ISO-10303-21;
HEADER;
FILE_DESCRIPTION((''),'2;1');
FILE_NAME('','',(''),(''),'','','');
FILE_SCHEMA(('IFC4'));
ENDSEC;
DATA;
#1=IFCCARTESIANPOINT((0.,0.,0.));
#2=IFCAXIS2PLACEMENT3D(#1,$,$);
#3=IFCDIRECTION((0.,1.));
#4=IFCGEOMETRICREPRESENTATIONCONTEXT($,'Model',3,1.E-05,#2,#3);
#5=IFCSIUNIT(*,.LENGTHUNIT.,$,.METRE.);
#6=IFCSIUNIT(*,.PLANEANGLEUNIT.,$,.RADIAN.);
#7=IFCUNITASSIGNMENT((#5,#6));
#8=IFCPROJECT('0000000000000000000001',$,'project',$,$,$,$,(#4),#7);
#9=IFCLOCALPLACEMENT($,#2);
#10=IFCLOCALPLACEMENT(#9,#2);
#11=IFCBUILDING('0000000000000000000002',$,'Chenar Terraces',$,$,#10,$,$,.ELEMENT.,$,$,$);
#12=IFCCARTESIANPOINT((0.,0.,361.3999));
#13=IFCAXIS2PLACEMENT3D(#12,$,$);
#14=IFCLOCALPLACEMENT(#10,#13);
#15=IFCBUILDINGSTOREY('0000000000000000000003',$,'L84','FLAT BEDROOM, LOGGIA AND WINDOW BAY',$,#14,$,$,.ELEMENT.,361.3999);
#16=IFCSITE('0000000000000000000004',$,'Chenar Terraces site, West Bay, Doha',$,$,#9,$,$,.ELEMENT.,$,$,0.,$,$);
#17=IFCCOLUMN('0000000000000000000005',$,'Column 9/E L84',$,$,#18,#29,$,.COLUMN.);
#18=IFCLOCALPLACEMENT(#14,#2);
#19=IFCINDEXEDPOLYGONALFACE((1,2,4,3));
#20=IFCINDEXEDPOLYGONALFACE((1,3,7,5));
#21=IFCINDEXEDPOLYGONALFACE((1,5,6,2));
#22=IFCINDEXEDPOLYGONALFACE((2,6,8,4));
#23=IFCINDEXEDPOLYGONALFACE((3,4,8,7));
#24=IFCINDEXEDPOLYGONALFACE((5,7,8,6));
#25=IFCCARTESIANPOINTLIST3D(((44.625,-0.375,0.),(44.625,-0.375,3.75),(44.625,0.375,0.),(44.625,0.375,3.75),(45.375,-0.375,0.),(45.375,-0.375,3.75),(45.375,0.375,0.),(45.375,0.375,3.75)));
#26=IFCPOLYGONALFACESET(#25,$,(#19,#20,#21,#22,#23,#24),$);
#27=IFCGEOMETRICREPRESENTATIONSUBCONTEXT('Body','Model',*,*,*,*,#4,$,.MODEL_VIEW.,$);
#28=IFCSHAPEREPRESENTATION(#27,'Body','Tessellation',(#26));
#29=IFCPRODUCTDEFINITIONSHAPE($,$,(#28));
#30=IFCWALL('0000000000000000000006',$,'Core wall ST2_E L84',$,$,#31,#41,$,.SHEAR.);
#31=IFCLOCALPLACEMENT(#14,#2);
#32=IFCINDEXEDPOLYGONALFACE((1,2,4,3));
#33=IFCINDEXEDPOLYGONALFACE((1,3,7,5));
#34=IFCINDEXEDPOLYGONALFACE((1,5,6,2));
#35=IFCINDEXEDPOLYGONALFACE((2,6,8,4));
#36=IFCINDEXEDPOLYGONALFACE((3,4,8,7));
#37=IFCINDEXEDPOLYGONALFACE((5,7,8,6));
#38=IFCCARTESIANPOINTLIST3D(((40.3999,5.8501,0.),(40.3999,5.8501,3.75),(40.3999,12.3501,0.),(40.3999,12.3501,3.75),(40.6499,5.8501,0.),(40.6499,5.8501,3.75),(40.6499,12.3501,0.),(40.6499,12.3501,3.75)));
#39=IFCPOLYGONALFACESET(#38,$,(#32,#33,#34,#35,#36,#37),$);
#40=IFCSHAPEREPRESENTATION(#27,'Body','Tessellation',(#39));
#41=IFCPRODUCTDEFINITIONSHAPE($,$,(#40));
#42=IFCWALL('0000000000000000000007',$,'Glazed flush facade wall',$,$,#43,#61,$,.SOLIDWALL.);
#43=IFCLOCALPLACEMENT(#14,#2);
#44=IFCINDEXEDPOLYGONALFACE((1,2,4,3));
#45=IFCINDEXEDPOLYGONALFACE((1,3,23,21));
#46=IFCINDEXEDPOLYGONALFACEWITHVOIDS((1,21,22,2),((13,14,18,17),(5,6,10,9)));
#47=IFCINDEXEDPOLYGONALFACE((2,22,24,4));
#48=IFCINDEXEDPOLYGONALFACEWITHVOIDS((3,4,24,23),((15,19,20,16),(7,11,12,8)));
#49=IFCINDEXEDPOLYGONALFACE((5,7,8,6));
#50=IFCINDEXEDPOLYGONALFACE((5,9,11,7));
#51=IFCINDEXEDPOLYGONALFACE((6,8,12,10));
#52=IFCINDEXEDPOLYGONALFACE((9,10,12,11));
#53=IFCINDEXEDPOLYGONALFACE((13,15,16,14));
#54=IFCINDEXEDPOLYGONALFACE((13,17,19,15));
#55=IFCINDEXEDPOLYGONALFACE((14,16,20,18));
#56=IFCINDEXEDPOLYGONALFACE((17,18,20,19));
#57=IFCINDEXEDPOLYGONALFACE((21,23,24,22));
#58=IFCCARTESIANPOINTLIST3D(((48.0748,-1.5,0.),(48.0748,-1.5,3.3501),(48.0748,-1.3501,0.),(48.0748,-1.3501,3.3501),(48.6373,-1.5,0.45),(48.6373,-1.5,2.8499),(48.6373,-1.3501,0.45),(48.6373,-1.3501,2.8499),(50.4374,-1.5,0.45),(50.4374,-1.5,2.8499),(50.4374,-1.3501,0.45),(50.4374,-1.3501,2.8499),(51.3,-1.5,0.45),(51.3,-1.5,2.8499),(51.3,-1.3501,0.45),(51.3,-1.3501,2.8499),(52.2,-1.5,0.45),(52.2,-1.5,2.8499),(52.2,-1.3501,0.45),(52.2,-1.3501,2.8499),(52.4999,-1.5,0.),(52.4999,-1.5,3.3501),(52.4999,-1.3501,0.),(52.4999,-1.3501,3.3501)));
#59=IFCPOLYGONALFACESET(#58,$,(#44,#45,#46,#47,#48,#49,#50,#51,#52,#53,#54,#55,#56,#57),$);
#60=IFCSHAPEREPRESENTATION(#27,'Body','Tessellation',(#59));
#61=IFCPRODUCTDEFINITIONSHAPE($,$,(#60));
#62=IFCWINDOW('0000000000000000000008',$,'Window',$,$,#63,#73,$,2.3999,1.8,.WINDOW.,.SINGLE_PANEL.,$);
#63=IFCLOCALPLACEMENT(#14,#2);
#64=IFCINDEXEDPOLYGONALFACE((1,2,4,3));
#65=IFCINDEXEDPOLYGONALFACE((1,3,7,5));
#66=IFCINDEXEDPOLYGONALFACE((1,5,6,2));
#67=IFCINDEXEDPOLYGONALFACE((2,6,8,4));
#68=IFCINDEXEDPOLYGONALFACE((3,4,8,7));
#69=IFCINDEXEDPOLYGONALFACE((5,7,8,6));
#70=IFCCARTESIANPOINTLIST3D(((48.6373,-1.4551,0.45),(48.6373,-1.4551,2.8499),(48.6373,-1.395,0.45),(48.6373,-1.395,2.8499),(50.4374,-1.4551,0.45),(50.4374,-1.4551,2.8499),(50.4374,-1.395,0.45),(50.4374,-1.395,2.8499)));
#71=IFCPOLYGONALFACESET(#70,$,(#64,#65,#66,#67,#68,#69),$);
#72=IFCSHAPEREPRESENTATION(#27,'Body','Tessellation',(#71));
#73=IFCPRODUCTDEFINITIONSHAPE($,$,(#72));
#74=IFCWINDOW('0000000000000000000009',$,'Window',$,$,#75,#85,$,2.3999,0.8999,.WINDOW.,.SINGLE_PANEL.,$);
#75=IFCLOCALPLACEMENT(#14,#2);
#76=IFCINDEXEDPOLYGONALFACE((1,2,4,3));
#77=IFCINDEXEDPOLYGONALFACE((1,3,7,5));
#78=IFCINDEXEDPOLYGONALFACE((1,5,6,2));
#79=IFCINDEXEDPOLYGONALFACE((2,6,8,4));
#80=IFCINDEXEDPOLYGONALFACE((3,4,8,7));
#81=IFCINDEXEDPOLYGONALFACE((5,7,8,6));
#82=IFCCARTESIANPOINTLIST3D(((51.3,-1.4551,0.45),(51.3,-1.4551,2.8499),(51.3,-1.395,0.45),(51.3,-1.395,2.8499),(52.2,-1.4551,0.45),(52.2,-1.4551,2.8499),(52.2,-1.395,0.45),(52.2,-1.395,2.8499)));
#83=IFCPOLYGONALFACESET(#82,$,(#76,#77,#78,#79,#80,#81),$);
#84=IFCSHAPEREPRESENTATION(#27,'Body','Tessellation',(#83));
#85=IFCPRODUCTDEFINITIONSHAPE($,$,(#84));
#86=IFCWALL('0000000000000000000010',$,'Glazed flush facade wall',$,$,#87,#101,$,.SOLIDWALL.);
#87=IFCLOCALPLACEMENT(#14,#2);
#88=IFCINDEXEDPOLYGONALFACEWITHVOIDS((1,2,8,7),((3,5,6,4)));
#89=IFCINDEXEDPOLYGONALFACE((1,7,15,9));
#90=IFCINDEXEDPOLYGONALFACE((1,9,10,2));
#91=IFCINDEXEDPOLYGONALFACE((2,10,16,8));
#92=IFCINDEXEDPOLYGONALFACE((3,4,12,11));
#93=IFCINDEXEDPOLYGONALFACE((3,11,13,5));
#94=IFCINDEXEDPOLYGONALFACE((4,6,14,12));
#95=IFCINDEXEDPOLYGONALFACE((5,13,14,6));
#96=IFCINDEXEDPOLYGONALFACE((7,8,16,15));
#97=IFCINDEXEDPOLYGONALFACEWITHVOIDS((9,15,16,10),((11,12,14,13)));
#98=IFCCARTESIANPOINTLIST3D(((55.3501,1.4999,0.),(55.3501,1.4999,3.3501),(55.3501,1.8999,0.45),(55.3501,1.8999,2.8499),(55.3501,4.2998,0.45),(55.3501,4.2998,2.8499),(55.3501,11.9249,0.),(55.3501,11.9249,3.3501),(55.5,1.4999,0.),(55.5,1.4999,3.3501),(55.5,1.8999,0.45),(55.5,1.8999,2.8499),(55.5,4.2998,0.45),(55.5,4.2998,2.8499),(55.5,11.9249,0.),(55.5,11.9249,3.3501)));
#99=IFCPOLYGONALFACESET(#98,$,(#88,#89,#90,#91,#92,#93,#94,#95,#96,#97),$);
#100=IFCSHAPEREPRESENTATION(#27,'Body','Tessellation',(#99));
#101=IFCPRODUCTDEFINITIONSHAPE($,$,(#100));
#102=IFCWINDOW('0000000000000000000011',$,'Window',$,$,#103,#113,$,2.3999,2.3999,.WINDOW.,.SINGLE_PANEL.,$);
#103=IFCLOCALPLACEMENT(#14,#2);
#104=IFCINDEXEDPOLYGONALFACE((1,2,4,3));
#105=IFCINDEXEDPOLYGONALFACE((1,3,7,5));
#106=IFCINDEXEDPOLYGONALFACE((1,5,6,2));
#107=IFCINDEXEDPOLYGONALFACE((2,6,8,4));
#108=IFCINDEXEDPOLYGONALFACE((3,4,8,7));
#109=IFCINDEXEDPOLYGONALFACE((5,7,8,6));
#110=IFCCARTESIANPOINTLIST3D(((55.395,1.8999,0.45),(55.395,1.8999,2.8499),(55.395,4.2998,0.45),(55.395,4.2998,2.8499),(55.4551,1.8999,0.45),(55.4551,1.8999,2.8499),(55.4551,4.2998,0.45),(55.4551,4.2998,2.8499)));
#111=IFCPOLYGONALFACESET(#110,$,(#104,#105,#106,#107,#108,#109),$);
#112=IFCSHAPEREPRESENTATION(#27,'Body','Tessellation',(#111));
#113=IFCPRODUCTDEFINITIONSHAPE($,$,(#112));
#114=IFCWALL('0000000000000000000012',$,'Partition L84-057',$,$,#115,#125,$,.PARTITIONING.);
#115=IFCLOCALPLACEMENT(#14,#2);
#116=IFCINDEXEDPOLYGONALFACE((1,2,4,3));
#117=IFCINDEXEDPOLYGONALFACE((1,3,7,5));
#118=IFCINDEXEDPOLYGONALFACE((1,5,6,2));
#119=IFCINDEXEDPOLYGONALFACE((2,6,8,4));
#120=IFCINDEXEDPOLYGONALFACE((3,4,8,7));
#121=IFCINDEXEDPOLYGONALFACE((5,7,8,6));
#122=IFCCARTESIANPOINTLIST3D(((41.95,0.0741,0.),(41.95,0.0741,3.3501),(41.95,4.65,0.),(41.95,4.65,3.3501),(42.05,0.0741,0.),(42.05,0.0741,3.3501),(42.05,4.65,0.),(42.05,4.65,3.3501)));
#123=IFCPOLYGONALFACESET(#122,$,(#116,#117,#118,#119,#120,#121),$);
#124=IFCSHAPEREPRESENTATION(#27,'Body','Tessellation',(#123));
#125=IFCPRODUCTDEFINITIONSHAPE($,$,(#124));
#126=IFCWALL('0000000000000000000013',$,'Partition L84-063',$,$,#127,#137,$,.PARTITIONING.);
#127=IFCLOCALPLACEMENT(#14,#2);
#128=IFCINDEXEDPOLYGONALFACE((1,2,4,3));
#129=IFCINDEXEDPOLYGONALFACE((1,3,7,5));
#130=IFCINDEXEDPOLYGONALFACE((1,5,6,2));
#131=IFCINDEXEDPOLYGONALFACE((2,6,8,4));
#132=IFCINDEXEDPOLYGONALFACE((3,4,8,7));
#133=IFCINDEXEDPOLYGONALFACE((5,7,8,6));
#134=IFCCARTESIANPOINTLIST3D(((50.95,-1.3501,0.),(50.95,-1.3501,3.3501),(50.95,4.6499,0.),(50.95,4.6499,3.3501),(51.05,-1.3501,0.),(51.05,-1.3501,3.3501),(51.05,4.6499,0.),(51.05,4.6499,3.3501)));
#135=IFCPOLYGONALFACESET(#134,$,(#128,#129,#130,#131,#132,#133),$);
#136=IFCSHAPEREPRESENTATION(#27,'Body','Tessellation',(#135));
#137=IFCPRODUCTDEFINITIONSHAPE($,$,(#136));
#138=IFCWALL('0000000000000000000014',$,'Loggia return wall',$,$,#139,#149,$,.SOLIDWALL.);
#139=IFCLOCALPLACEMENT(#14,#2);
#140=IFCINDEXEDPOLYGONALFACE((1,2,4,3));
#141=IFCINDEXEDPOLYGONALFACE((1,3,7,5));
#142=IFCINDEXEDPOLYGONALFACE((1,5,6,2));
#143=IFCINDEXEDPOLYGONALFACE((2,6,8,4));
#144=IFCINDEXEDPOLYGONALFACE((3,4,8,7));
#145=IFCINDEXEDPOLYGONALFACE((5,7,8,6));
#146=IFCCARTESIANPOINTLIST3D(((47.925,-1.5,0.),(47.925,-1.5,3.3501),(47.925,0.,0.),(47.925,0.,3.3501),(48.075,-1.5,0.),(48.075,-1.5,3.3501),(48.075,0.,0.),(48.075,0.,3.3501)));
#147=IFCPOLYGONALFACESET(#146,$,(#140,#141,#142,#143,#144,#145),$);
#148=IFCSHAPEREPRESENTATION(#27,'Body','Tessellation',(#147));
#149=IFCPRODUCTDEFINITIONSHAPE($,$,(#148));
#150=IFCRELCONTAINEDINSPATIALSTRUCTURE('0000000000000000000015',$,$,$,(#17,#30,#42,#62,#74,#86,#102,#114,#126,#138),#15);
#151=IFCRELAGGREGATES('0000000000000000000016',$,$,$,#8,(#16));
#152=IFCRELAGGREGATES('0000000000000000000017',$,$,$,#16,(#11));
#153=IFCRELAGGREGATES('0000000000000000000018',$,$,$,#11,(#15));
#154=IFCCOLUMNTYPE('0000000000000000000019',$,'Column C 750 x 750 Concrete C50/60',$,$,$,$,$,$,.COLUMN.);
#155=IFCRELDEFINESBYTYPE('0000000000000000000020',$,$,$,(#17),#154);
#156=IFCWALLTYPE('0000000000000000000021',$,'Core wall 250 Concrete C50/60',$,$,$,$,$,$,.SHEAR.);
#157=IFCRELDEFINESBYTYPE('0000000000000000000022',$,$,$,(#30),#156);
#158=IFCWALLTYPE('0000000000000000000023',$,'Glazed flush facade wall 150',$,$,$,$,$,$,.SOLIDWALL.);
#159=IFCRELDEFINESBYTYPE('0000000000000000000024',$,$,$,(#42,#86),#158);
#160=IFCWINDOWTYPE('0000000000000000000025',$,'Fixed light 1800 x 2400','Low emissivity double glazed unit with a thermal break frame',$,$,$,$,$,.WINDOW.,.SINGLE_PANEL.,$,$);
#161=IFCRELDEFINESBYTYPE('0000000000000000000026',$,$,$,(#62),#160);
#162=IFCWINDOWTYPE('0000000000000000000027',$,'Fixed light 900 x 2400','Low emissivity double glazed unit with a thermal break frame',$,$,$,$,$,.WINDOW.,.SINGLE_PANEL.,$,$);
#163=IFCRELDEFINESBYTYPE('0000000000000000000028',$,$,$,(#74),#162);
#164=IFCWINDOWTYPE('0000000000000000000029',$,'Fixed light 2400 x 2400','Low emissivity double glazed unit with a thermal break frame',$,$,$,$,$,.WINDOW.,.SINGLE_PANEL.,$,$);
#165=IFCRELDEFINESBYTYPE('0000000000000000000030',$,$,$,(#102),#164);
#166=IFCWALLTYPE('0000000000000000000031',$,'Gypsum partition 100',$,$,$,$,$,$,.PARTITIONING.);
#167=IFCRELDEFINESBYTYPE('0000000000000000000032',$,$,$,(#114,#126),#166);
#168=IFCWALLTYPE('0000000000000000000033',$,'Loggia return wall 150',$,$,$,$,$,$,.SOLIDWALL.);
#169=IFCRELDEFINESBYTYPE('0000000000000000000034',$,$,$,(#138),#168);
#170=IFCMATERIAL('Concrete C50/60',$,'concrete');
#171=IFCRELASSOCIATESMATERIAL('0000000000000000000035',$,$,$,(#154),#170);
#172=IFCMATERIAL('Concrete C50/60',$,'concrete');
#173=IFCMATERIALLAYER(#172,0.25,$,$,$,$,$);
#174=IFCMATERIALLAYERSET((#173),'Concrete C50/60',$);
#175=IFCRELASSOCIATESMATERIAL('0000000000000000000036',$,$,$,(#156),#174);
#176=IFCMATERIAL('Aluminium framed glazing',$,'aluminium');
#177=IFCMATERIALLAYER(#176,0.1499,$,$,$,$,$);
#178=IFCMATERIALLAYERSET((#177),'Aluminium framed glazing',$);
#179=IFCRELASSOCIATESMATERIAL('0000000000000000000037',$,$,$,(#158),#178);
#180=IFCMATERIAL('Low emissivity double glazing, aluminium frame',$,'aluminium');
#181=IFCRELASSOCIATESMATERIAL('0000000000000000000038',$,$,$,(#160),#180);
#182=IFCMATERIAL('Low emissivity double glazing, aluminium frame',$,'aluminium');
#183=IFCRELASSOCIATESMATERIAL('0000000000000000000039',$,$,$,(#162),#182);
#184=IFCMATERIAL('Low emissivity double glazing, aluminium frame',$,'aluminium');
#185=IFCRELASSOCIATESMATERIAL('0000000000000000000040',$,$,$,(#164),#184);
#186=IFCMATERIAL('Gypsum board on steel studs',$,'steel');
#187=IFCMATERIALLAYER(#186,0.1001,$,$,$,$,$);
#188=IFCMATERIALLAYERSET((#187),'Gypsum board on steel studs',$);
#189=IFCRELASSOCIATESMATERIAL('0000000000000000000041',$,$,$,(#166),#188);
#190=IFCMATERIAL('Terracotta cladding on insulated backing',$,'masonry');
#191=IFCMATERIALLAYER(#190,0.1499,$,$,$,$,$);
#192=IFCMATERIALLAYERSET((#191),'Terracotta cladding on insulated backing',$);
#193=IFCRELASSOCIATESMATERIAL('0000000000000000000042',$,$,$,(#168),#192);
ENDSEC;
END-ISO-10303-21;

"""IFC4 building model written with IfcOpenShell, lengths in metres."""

from ifc_helpers import new_model, si_unit, direction, frame, frame_2d, origin, origin_2d, place, context, subcontext, project, spatial, rectangle, extrude, material, layer, layer_set, material_profile, profile_set, type_object, element, fill, save


model = new_model("IFC4")

# Units and contexts
model_context = context("Model", 3, precision=1e-05, world=origin(), true_north=direction((0.0, 1.0)))
body_context = subcontext(model_context, "Body", "Model", "MODEL_VIEW")
ifc_project = project(units=[si_unit("LENGTHUNIT", "METRE"), si_unit("PLANEANGLEUNIT", "RADIAN")], contexts=[model_context])

# Site, building, storey
site_placement = place(None, origin())
site = spatial("IfcSite", under=ifc_project, at=site_placement, Name="Chenar Terraces site, West Bay, Doha", CompositionType="ELEMENT", RefElevation=0.0)
building_placement = place(site_placement, origin())
building = spatial("IfcBuilding", under=site, at=building_placement, Name="Chenar Terraces", CompositionType="ELEMENT")
storey_placement = place(building_placement, frame((0.0, 0.0, 361.3999)))
storey = spatial("IfcBuildingStorey", under=building, at=storey_placement, Name="L84", Description="FLAT BEDROOM, LOGGIA AND WINDOW BAY", CompositionType="ELEMENT", Elevation=361.3999)

# Column
ifc_material_1 = material(Name="Concrete C50/60", Category="concrete")
ifc_material_profile_1 = material_profile(ifc_material_1, rectangle(XDim=0.75, YDim=0.75, at=origin_2d()), Name="C 750 x 750")
ifc_profile_set_1 = profile_set([ifc_material_profile_1], Name="Concrete C50/60")
column_type = type_object("IfcColumnType", Name="Column C 750 x 750 Concrete C50/60", PredefinedType="COLUMN", material=ifc_profile_set_1)
column_placement = place(storey_placement, frame((45.0, 0.0, 0.0), z_axis=(0.0, 0.0, 1.0), x_axis=(1.0, 0.0, 0.0)))
element("IfcColumn", 1, at=column_placement, inside=storey, type_object=column_type, Name="Column 9/E L84", PredefinedType="COLUMN", context=body_context, shape_type="SweptSolid", body=[
    extrude(rectangle(XDim=0.75, YDim=0.75, at=origin_2d()), origin(), (0.0, 0.0, 1.0), 3.75),
])

# Wall
ifc_material_2 = material(Name="Concrete C50/60", Category="concrete")
ifc_layer_1 = layer(ifc_material_2, 0.25)
ifc_layer_set_1 = layer_set([ifc_layer_1], Name="Concrete C50/60")
wall_type_1 = type_object("IfcWallType", Name="Core wall 250 Concrete C50/60", PredefinedType="SHEAR", material=ifc_layer_set_1)
wall_1_placement = place(storey_placement, frame((40.5249, 5.8501, 0.0), z_axis=(0.0, 0.0, 1.0), x_axis=(0.0, 1.0, 0.0)))
element("IfcWall", 2, at=wall_1_placement, inside=storey, type_object=wall_type_1, Name="Core wall ST2_E L84", PredefinedType="SHEAR", context=body_context, shape_type="SweptSolid", body=[
    extrude(rectangle(XDim=6.5, YDim=0.25, at=frame_2d((3.25, 0.0))), origin(), (0.0, 0.0, 1.0), 3.75),
])

# Wall, openings, windows
ifc_material_3 = material(Name="Aluminium framed glazing", Category="aluminium")
ifc_layer_2 = layer(ifc_material_3, 0.1499)
ifc_layer_set_2 = layer_set([ifc_layer_2], Name="Aluminium framed glazing")
wall_type_2 = type_object("IfcWallType", Name="Glazed flush facade wall 150", PredefinedType="SOLIDWALL", material=ifc_layer_set_2)
wall_2_placement = place(storey_placement, frame((48.075, -1.425, 0.0), z_axis=(0.0, 0.0, 1.0), x_axis=(1.0, 0.0, 0.0)))
wall_2 = element("IfcWall", 3, at=wall_2_placement, inside=storey, type_object=wall_type_2, Name="Glazed flush facade wall", PredefinedType="SOLIDWALL", context=body_context, shape_type="SweptSolid", body=[
    extrude(rectangle(XDim=4.425, YDim=0.1499, at=frame_2d((2.2124, 0.0))), origin(), (0.0, 0.0, 1.0), 3.3501),
])
opening_1_placement = place(wall_2_placement, frame((0.5625, 0.0, 0.45)))
opening_1 = element("IfcOpeningElement", 4, at=opening_1_placement, cuts=wall_2, PredefinedType="OPENING", context=body_context, shape_type="SweptSolid", body=[
    extrude(rectangle(XDim=1.8, YDim=2.3999, at=frame_2d((0.8999, 1.2))), frame((0.0, 0.085, 0.0), z_axis=(0.0, -1.0, 0.0), x_axis=(1.0, 0.0, 0.0)), (0.0, 0.0, 1.0), 0.1699),
])
opening_2_placement = place(wall_2_placement, frame((3.2251, 0.0, 0.45)))
opening_2 = element("IfcOpeningElement", 5, at=opening_2_placement, cuts=wall_2, PredefinedType="OPENING", context=body_context, shape_type="SweptSolid", body=[
    extrude(rectangle(XDim=0.8999, YDim=2.3999, at=frame_2d((0.45, 1.2))), frame((0.0, 0.085, 0.0), z_axis=(0.0, -1.0, 0.0), x_axis=(1.0, 0.0, 0.0)), (0.0, 0.0, 1.0), 0.1699),
])
ifc_material_4 = material(Name="Low emissivity double glazing, aluminium frame", Category="aluminium")
window_type_1 = type_object("IfcWindowType", Name="Fixed light 1800 x 2400", Description="Low emissivity double glazed unit with a thermal break frame", PartitioningType="SINGLE_PANEL", PredefinedType="WINDOW", material=ifc_material_4)
window_1_placement = place(opening_1_placement, origin())
window_1 = element("IfcWindow", 6, at=window_1_placement, inside=storey, type_object=window_type_1, Name="Window", OverallHeight=2.3999, OverallWidth=1.8, PartitioningType="SINGLE_PANEL", PredefinedType="WINDOW", context=body_context, shape_type="SweptSolid", body=[
    extrude(rectangle(XDim=1.8, YDim=2.3999, at=frame_2d((0.8999, 1.2))), frame((0.0, 0.03, 0.0), z_axis=(0.0, -1.0, 0.0), x_axis=(1.0, 0.0, 0.0)), (0.0, 0.0, 1.0), 0.0601),
])
fill(opening_1, window_1)
ifc_material_5 = material(Name="Low emissivity double glazing, aluminium frame", Category="aluminium")
window_type_2 = type_object("IfcWindowType", Name="Fixed light 900 x 2400", Description="Low emissivity double glazed unit with a thermal break frame", PartitioningType="SINGLE_PANEL", PredefinedType="WINDOW", material=ifc_material_5)
window_2_placement = place(opening_2_placement, origin())
window_2 = element("IfcWindow", 7, at=window_2_placement, inside=storey, type_object=window_type_2, Name="Window", OverallHeight=2.3999, OverallWidth=0.8999, PartitioningType="SINGLE_PANEL", PredefinedType="WINDOW", context=body_context, shape_type="SweptSolid", body=[
    extrude(rectangle(XDim=0.8999, YDim=2.3999, at=frame_2d((0.45, 1.2))), frame((0.0, 0.03, 0.0), z_axis=(0.0, -1.0, 0.0), x_axis=(1.0, 0.0, 0.0)), (0.0, 0.0, 1.0), 0.0601),
])
fill(opening_2, window_2)

# Wall, opening, window
wall_3_placement = place(storey_placement, frame((55.425, 1.5, 0.0), z_axis=(0.0, 0.0, 1.0), x_axis=(0.0, 1.0, 0.0)))
wall_3 = element("IfcWall", 8, at=wall_3_placement, inside=storey, type_object=wall_type_2, Name="Glazed flush facade wall", PredefinedType="SOLIDWALL", context=body_context, shape_type="SweptSolid", body=[
    extrude(rectangle(XDim=10.425, YDim=0.1499, at=frame_2d((5.2124, 0.0))), origin(), (0.0, 0.0, 1.0), 3.3501),
])
opening_3_placement = place(wall_3_placement, frame((0.3999, 0.0, 0.45)))
opening_3 = element("IfcOpeningElement", 9, at=opening_3_placement, cuts=wall_3, PredefinedType="OPENING", context=body_context, shape_type="SweptSolid", body=[
    extrude(rectangle(XDim=2.3999, YDim=2.3999, at=frame_2d((1.2, 1.2))), frame((0.0, 0.085, 0.0), z_axis=(0.0, -1.0, 0.0), x_axis=(1.0, 0.0, 0.0)), (0.0, 0.0, 1.0), 0.1699),
])
ifc_material_6 = material(Name="Low emissivity double glazing, aluminium frame", Category="aluminium")
window_type_3 = type_object("IfcWindowType", Name="Fixed light 2400 x 2400", Description="Low emissivity double glazed unit with a thermal break frame", PartitioningType="SINGLE_PANEL", PredefinedType="WINDOW", material=ifc_material_6)
window_3_placement = place(opening_3_placement, origin())
window_3 = element("IfcWindow", 10, at=window_3_placement, inside=storey, type_object=window_type_3, Name="Window", OverallHeight=2.3999, OverallWidth=2.3999, PartitioningType="SINGLE_PANEL", PredefinedType="WINDOW", context=body_context, shape_type="SweptSolid", body=[
    extrude(rectangle(XDim=2.3999, YDim=2.3999, at=frame_2d((1.2, 1.2))), frame((0.0, 0.03, 0.0), z_axis=(0.0, -1.0, 0.0), x_axis=(1.0, 0.0, 0.0)), (0.0, 0.0, 1.0), 0.0601),
])
fill(opening_3, window_3)

# Walls
ifc_material_7 = material(Name="Gypsum board on steel studs", Category="steel")
ifc_layer_3 = layer(ifc_material_7, 0.1001)
ifc_layer_set_3 = layer_set([ifc_layer_3], Name="Gypsum board on steel studs")
wall_type_3 = type_object("IfcWallType", Name="Gypsum partition 100", PredefinedType="PARTITIONING", material=ifc_layer_set_3)
wall_4_placement = place(storey_placement, frame((42.0, 0.074, 0.0), z_axis=(0.0, 0.0, 1.0), x_axis=(0.0, 1.0, 0.0)))
element("IfcWall", 11, at=wall_4_placement, inside=storey, type_object=wall_type_3, Name="Partition L84-057", PredefinedType="PARTITIONING", context=body_context, shape_type="SweptSolid", body=[
    extrude(rectangle(XDim=4.5759, YDim=0.1001, at=frame_2d((2.2881, 0.0))), origin(), (0.0, 0.0, 1.0), 3.3501),
])
wall_5_placement = place(storey_placement, frame((51.0, -1.3501, 0.0), z_axis=(0.0, 0.0, 1.0), x_axis=(0.0, 1.0, 0.0)))
element("IfcWall", 12, at=wall_5_placement, inside=storey, type_object=wall_type_3, Name="Partition L84-063", PredefinedType="PARTITIONING", context=body_context, shape_type="SweptSolid", body=[
    extrude(rectangle(XDim=6.0, YDim=0.1001, at=frame_2d((3.0, 0.0))), origin(), (0.0, 0.0, 1.0), 3.3501),
])
ifc_material_8 = material(Name="Terracotta cladding on insulated backing", Category="masonry")
ifc_layer_4 = layer(ifc_material_8, 0.1499)
ifc_layer_set_4 = layer_set([ifc_layer_4], Name="Terracotta cladding on insulated backing")
wall_type_4 = type_object("IfcWallType", Name="Loggia return wall 150", PredefinedType="SOLIDWALL", material=ifc_layer_set_4)
wall_6_placement = place(storey_placement, frame((48.0, -1.5, 0.0), z_axis=(0.0, 0.0, 1.0), x_axis=(0.0, 1.0, 0.0)))
element("IfcWall", 13, at=wall_6_placement, inside=storey, type_object=wall_type_4, Name="Loggia return wall", PredefinedType="SOLIDWALL", context=body_context, shape_type="SweptSolid", body=[
    extrude(rectangle(XDim=1.5, YDim=0.1499, at=frame_2d((0.75, 0.0))), origin(), (0.0, 0.0, 1.0), 3.3501),
])

save(model, "model.ifc")
